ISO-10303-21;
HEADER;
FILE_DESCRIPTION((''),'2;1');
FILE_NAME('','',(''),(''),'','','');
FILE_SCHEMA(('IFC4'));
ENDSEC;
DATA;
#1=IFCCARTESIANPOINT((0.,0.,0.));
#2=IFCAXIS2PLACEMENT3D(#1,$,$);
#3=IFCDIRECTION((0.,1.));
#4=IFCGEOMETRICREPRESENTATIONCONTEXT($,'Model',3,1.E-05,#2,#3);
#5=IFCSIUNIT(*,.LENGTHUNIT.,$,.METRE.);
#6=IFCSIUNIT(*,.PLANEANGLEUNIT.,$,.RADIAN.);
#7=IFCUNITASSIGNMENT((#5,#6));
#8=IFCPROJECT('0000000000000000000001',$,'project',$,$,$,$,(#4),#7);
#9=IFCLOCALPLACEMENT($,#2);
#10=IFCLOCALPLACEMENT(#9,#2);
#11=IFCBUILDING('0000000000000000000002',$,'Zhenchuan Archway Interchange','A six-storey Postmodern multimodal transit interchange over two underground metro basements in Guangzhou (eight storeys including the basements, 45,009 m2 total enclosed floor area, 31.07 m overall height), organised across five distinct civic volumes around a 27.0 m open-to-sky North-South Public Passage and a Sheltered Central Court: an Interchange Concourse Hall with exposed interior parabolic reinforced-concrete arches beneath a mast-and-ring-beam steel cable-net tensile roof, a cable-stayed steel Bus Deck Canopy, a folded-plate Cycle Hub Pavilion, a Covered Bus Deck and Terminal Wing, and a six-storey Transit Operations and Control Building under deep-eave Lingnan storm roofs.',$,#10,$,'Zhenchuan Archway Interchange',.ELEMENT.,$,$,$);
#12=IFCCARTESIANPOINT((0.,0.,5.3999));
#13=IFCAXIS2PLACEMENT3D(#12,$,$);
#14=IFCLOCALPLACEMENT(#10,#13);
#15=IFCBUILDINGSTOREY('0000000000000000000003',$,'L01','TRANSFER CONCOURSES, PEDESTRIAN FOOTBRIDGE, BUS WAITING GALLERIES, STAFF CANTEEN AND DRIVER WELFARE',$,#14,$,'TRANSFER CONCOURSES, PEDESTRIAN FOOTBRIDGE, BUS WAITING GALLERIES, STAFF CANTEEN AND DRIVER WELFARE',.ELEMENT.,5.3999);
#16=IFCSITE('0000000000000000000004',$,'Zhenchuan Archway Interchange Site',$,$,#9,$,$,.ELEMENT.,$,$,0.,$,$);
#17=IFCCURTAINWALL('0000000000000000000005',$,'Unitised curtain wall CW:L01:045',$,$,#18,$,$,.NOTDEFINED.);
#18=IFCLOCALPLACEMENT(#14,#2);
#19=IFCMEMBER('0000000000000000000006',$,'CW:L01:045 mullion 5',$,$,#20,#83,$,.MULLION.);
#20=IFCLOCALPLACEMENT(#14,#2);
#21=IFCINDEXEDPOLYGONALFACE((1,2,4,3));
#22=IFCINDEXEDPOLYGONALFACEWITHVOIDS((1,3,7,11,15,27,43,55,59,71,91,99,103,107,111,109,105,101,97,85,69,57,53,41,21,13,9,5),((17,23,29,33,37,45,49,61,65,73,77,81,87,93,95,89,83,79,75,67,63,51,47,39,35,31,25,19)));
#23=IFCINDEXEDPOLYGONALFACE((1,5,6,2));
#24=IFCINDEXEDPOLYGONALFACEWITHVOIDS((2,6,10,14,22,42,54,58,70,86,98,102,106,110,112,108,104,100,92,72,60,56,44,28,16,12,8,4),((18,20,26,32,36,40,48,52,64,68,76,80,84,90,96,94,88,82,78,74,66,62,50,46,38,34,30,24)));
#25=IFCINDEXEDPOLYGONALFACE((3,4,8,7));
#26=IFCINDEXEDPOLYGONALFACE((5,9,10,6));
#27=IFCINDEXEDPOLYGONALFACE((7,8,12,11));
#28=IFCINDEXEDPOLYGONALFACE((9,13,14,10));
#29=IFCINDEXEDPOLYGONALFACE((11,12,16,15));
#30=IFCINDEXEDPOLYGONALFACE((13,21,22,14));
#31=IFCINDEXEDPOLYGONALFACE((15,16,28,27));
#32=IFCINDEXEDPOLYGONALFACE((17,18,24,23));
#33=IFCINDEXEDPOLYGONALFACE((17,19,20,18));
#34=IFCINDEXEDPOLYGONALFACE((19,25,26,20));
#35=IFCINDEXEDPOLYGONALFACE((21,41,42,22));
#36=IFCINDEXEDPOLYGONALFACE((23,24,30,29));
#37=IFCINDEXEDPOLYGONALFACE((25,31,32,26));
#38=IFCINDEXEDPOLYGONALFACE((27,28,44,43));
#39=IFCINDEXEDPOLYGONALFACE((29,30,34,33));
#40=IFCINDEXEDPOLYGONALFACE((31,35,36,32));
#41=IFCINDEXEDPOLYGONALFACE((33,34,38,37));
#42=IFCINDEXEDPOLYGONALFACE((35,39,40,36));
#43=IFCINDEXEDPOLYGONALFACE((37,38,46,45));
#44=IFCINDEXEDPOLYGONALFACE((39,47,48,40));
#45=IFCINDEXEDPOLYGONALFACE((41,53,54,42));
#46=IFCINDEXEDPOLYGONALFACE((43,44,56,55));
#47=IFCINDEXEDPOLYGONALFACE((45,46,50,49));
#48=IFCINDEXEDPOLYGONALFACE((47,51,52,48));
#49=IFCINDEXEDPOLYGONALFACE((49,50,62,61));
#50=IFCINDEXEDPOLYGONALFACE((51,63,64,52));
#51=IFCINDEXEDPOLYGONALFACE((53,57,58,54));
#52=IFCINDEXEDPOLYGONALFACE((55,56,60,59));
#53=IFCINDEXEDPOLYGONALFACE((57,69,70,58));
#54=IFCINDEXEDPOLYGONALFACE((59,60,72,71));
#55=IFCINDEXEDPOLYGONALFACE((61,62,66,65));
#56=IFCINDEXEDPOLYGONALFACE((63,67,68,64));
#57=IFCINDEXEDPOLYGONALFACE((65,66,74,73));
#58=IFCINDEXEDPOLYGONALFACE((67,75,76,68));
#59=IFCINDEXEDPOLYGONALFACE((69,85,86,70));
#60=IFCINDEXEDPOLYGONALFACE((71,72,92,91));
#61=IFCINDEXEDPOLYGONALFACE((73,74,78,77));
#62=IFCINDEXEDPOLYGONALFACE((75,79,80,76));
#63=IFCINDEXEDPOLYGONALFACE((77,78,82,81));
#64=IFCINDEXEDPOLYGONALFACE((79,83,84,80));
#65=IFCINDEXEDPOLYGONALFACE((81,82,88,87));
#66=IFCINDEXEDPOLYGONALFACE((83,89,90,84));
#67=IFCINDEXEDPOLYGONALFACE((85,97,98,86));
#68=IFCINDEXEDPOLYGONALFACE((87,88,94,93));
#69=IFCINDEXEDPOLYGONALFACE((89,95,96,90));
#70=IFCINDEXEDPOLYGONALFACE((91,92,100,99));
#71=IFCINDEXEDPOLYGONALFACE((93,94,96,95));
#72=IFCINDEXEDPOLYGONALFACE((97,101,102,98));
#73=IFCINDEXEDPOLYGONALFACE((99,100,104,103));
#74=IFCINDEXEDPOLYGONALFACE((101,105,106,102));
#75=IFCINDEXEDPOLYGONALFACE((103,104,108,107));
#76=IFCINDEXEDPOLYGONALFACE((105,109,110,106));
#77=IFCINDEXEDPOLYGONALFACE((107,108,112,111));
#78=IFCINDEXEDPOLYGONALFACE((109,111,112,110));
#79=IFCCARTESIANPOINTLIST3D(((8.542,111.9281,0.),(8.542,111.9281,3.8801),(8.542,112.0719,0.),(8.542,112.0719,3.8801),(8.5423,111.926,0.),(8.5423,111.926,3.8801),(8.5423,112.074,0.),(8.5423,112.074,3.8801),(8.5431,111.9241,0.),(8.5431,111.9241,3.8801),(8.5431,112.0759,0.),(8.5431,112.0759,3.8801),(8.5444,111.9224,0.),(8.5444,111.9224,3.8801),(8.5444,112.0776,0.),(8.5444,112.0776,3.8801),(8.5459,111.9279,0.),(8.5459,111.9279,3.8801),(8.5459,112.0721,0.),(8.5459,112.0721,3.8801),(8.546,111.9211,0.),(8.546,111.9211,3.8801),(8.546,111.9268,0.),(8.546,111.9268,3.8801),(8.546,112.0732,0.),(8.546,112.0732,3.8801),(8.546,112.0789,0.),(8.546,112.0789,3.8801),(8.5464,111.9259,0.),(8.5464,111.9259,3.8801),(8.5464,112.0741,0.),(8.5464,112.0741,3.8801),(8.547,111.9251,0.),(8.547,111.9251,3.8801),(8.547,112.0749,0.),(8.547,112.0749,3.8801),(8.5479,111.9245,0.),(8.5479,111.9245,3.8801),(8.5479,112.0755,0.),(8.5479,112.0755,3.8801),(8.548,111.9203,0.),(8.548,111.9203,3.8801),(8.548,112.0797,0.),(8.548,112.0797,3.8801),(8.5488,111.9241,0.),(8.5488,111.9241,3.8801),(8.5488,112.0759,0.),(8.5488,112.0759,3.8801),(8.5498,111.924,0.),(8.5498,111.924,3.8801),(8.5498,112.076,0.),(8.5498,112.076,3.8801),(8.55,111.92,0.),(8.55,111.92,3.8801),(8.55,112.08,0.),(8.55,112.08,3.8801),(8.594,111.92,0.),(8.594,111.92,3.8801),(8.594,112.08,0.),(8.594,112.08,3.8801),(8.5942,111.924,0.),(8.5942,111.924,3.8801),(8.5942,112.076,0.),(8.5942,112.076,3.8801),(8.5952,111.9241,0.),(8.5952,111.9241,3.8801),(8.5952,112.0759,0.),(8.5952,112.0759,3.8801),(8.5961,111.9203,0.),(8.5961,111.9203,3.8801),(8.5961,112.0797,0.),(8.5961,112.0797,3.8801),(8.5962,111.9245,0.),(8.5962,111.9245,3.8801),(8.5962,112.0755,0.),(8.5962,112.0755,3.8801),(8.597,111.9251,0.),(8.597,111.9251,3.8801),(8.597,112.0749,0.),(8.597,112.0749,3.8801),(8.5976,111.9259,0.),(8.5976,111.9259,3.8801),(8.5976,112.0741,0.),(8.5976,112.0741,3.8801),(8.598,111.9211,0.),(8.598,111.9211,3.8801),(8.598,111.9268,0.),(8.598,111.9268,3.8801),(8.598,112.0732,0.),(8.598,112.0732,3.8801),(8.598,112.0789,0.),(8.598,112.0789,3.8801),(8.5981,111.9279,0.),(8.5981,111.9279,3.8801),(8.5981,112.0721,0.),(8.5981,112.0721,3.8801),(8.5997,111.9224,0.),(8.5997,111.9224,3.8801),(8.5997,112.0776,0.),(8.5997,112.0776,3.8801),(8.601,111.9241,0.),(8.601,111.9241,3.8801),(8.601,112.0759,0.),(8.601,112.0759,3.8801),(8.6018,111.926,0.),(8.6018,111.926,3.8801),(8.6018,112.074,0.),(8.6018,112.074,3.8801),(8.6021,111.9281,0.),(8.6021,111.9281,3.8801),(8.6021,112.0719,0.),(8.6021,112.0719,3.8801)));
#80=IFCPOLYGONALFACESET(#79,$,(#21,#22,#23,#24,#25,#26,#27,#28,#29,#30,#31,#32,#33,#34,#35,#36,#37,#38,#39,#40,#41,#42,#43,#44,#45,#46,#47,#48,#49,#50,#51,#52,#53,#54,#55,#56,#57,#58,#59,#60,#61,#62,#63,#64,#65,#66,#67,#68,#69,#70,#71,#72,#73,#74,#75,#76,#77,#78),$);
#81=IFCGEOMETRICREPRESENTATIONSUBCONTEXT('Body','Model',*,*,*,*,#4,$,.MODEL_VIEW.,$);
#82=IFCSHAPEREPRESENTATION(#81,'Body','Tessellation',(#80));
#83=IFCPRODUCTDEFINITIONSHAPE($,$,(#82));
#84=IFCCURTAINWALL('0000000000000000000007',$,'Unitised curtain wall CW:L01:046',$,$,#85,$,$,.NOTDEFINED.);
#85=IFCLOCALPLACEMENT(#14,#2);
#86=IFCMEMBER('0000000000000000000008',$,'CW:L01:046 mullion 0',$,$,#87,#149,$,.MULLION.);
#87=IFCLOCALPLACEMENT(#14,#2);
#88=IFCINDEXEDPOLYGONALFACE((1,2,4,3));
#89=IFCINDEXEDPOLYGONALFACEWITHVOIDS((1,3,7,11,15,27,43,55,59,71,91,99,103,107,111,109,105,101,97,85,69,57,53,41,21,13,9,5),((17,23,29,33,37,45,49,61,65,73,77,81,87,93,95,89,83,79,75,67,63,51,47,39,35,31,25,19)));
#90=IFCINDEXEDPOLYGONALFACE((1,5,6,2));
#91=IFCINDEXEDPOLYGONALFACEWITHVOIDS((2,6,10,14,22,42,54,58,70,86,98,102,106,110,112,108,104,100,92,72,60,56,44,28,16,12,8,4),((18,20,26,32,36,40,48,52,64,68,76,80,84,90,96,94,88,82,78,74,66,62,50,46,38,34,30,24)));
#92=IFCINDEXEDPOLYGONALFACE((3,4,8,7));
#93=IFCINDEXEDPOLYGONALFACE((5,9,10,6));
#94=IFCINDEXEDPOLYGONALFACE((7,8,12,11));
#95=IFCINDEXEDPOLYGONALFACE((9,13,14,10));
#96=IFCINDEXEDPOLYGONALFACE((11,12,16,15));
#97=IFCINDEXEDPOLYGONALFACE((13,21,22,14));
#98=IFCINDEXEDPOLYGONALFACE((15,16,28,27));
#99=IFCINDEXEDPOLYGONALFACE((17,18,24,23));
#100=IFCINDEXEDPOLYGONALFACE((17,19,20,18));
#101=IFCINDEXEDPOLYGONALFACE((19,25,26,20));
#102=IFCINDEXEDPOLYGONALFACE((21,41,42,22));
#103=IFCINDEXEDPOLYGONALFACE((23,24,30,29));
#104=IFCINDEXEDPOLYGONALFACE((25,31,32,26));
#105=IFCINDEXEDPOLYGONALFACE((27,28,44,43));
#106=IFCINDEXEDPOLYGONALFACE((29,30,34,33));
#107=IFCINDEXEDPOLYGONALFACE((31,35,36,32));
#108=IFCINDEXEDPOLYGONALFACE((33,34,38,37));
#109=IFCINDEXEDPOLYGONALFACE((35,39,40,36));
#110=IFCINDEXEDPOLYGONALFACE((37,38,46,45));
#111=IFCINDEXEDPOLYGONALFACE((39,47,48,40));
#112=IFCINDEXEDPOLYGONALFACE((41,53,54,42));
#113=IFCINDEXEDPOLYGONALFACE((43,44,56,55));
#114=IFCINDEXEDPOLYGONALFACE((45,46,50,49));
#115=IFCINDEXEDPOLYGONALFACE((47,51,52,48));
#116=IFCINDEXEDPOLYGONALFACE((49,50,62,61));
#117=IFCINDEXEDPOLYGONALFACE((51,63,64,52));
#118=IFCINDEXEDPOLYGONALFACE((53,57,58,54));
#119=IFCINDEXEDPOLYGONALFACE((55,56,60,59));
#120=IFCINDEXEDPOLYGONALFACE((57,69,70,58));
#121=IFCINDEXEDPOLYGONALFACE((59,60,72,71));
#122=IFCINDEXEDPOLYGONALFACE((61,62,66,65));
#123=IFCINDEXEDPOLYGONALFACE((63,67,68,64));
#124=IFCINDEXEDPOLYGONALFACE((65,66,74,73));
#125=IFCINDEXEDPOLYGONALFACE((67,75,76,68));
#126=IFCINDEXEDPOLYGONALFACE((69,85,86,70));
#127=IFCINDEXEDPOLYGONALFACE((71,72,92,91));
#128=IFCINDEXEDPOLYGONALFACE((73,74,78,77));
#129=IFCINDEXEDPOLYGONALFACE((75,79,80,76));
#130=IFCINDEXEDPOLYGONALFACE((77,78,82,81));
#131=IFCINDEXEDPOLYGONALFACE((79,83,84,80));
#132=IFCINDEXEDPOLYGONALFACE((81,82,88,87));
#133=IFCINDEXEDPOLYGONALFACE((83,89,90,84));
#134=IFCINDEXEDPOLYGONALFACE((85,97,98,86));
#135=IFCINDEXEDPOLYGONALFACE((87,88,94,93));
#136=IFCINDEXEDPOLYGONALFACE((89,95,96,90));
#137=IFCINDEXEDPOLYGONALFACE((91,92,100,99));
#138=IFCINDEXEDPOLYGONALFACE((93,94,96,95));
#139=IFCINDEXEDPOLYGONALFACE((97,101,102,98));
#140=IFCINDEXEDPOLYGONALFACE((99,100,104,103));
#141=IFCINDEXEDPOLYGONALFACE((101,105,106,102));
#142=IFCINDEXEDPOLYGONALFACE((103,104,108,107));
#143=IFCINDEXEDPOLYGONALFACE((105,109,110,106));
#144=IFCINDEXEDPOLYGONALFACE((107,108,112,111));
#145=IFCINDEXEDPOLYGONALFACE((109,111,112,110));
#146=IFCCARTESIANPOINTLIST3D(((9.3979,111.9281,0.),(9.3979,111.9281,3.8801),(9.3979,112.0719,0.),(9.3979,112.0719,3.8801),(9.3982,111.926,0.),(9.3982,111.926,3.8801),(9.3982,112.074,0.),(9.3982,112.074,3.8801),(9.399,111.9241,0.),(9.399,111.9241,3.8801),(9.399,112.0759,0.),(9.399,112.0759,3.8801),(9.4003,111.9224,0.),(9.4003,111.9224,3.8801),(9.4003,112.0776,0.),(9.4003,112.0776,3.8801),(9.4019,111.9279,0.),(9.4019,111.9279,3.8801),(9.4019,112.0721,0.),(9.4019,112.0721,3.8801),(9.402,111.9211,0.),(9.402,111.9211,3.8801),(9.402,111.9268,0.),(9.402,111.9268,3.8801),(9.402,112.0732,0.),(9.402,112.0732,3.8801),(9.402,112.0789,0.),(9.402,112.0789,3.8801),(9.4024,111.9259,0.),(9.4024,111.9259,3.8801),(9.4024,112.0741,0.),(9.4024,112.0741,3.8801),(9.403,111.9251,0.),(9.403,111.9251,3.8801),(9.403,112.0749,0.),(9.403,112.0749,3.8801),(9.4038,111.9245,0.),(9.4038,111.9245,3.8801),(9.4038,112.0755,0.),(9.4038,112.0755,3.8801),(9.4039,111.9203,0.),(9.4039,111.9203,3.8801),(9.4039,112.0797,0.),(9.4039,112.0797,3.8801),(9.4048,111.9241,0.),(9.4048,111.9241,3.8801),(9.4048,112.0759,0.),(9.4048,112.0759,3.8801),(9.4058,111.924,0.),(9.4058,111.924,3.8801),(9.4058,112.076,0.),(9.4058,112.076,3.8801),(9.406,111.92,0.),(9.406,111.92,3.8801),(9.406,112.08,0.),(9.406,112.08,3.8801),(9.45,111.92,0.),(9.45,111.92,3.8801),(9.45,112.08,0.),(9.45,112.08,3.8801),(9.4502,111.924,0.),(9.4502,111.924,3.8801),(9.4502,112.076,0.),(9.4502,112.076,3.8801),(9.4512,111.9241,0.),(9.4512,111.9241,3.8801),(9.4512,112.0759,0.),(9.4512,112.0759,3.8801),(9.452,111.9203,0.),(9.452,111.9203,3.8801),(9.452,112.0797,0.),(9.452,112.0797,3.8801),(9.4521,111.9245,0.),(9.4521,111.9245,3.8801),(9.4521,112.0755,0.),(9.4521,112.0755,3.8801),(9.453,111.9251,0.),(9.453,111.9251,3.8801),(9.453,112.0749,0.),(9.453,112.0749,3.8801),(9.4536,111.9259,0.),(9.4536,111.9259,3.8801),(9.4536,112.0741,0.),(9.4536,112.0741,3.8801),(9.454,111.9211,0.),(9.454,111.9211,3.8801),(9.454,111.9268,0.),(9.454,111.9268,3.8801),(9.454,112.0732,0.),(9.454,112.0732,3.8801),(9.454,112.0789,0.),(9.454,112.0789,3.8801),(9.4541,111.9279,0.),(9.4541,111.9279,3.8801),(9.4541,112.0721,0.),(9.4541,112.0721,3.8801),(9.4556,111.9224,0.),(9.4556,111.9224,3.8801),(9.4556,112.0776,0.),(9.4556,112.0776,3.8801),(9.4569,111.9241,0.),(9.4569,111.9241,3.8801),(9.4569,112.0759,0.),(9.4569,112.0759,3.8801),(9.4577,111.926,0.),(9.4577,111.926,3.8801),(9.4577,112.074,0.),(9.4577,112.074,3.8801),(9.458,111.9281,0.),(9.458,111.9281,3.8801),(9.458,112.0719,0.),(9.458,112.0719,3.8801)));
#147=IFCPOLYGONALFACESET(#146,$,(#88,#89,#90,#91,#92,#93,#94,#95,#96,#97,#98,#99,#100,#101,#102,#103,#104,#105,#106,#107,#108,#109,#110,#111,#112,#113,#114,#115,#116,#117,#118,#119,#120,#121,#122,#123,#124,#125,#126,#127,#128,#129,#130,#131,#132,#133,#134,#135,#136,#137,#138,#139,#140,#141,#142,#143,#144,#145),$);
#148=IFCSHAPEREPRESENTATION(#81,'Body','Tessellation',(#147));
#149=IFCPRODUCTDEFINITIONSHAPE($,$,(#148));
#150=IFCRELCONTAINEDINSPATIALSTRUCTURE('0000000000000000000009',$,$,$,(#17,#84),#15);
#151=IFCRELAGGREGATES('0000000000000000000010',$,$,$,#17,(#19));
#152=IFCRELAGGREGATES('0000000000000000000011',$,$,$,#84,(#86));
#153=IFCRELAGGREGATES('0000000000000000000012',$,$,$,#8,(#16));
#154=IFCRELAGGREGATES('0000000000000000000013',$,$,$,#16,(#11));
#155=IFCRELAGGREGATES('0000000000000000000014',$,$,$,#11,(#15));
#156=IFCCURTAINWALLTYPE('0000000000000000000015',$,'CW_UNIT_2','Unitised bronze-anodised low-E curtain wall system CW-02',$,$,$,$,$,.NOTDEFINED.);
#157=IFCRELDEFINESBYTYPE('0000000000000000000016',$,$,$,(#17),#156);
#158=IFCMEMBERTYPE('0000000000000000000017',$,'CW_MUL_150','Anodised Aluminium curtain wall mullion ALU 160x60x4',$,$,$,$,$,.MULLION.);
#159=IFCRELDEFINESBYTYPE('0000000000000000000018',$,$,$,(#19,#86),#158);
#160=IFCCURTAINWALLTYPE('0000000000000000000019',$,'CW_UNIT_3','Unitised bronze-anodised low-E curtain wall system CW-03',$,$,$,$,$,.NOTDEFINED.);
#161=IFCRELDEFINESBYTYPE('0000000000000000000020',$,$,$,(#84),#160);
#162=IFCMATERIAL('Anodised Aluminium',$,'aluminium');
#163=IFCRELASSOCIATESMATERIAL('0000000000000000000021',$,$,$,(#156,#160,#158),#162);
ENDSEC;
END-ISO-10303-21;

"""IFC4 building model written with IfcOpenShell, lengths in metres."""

from ifc_helpers import new_model, si_unit, direction, frame, origin, origin_2d, place, context, subcontext, project, spatial, hollow_rectangle, extrude, material, material_profile, profile_set, type_object, element, aggregate, save


model = new_model("IFC4")

# Units and contexts
model_context = context("Model", 3, precision=1e-05, world=origin(), true_north=direction((0.0, 1.0)))
body_context = subcontext(model_context, "Body", "Model", "MODEL_VIEW")
ifc_project = project(units=[si_unit("LENGTHUNIT", "METRE"), si_unit("PLANEANGLEUNIT", "RADIAN")], contexts=[model_context])

# Site, building, storey
site_placement = place(None, origin())
site = spatial("IfcSite", under=ifc_project, at=site_placement, Name="Zhenchuan Archway Interchange Site", CompositionType="ELEMENT", RefElevation=0.0)
building_placement = place(site_placement, origin())
building = spatial("IfcBuilding", under=site, at=building_placement, Name="Zhenchuan Archway Interchange", Description="A six-storey Postmodern multimodal transit interchange over two underground metro basements in Guangzhou (eight storeys including the basements, 45,009 m2 total enclosed floor area, 31.07 m overall height), organised across five distinct civic volumes around a 27.0 m open-to-sky North-South Public Passage and a Sheltered Central Court: an Interchange Concourse Hall with exposed interior parabolic reinforced-concrete arches beneath a mast-and-ring-beam steel cable-net tensile roof, a cable-stayed steel Bus Deck Canopy, a folded-plate Cycle Hub Pavilion, a Covered Bus Deck and Terminal Wing, and a six-storey Transit Operations and Control Building under deep-eave Lingnan storm roofs.", LongName="Zhenchuan Archway Interchange", CompositionType="ELEMENT")
storey_placement = place(building_placement, frame((0.0, 0.0, 5.3999)))
storey = spatial("IfcBuildingStorey", under=building, at=storey_placement, Name="L01", Description="TRANSFER CONCOURSES, PEDESTRIAN FOOTBRIDGE, BUS WAITING GALLERIES, STAFF CANTEEN AND DRIVER WELFARE", LongName="TRANSFER CONCOURSES, PEDESTRIAN FOOTBRIDGE, BUS WAITING GALLERIES, STAFF CANTEEN AND DRIVER WELFARE", CompositionType="ELEMENT", Elevation=5.3999)

# Curtain wall, member
ifc_material_1 = material(Name="Anodised Aluminium", Category="aluminium")
curtain_wall_type_1 = type_object("IfcCurtainWallType", Name="CW_UNIT_2", Description="Unitised bronze-anodised low-E curtain wall system CW-02", PredefinedType="NOTDEFINED", material=ifc_material_1)
curtain_wall_1_placement = place(storey_placement, origin())
curtain_wall_1 = element("IfcCurtainWall", 1, at=curtain_wall_1_placement, inside=storey, type_object=curtain_wall_type_1, Name="Unitised curtain wall CW:L01:045", PredefinedType="NOTDEFINED")
ifc_material_profile_1 = material_profile(ifc_material_1, hollow_rectangle(XDim=0.0601, YDim=0.1599, WallThickness=0.0039, InnerFilletRadius=0.0039, OuterFilletRadius=0.0081, at=origin_2d()), Name="ALU 160x60x4")
ifc_profile_set_1 = profile_set([ifc_material_profile_1], Name="Anodised Aluminium")
member_type_1 = type_object("IfcMemberType", Name="CW_MUL_150", Description="Anodised Aluminium curtain wall mullion ALU 160x60x4", PredefinedType="MULLION", material=ifc_profile_set_1)
member_1_placement = place(storey_placement, frame((8.572, 112.0, 0.0), z_axis=(0.0, 0.0, 1.0), x_axis=(1.0, 0.0, 0.0)))
member_1 = element("IfcMember", 2, at=member_1_placement, type_object=member_type_1, Name="CW:L01:045 mullion 5", PredefinedType="MULLION", context=body_context, shape_type="SweptSolid", body=[
    extrude(hollow_rectangle(XDim=0.0601, YDim=0.1599, WallThickness=0.0039, InnerFilletRadius=0.0039, OuterFilletRadius=0.0081, at=origin_2d()), origin(), (0.0, 0.0, 1.0), 3.8801),
])

# Curtain wall, member
curtain_wall_type_2 = type_object("IfcCurtainWallType", Name="CW_UNIT_3", Description="Unitised bronze-anodised low-E curtain wall system CW-03", PredefinedType="NOTDEFINED", material=ifc_material_1)
curtain_wall_2_placement = place(storey_placement, origin())
curtain_wall_2 = element("IfcCurtainWall", 3, at=curtain_wall_2_placement, inside=storey, type_object=curtain_wall_type_2, Name="Unitised curtain wall CW:L01:046", PredefinedType="NOTDEFINED")
member_2_placement = place(storey_placement, frame((9.428, 112.0, 0.0), z_axis=(0.0, 0.0, 1.0), x_axis=(1.0, 0.0, 0.0)))
member_2 = element("IfcMember", 4, at=member_2_placement, type_object=member_type_1, Name="CW:L01:046 mullion 0", PredefinedType="MULLION", context=body_context, shape_type="SweptSolid", body=[
    extrude(hollow_rectangle(XDim=0.0601, YDim=0.1599, WallThickness=0.0039, InnerFilletRadius=0.0039, OuterFilletRadius=0.0081, at=origin_2d()), origin(), (0.0, 0.0, 1.0), 3.8801),
])

aggregate(curtain_wall_1, [member_1])
aggregate(curtain_wall_2, [member_2])

save(model, "model.ifc")
